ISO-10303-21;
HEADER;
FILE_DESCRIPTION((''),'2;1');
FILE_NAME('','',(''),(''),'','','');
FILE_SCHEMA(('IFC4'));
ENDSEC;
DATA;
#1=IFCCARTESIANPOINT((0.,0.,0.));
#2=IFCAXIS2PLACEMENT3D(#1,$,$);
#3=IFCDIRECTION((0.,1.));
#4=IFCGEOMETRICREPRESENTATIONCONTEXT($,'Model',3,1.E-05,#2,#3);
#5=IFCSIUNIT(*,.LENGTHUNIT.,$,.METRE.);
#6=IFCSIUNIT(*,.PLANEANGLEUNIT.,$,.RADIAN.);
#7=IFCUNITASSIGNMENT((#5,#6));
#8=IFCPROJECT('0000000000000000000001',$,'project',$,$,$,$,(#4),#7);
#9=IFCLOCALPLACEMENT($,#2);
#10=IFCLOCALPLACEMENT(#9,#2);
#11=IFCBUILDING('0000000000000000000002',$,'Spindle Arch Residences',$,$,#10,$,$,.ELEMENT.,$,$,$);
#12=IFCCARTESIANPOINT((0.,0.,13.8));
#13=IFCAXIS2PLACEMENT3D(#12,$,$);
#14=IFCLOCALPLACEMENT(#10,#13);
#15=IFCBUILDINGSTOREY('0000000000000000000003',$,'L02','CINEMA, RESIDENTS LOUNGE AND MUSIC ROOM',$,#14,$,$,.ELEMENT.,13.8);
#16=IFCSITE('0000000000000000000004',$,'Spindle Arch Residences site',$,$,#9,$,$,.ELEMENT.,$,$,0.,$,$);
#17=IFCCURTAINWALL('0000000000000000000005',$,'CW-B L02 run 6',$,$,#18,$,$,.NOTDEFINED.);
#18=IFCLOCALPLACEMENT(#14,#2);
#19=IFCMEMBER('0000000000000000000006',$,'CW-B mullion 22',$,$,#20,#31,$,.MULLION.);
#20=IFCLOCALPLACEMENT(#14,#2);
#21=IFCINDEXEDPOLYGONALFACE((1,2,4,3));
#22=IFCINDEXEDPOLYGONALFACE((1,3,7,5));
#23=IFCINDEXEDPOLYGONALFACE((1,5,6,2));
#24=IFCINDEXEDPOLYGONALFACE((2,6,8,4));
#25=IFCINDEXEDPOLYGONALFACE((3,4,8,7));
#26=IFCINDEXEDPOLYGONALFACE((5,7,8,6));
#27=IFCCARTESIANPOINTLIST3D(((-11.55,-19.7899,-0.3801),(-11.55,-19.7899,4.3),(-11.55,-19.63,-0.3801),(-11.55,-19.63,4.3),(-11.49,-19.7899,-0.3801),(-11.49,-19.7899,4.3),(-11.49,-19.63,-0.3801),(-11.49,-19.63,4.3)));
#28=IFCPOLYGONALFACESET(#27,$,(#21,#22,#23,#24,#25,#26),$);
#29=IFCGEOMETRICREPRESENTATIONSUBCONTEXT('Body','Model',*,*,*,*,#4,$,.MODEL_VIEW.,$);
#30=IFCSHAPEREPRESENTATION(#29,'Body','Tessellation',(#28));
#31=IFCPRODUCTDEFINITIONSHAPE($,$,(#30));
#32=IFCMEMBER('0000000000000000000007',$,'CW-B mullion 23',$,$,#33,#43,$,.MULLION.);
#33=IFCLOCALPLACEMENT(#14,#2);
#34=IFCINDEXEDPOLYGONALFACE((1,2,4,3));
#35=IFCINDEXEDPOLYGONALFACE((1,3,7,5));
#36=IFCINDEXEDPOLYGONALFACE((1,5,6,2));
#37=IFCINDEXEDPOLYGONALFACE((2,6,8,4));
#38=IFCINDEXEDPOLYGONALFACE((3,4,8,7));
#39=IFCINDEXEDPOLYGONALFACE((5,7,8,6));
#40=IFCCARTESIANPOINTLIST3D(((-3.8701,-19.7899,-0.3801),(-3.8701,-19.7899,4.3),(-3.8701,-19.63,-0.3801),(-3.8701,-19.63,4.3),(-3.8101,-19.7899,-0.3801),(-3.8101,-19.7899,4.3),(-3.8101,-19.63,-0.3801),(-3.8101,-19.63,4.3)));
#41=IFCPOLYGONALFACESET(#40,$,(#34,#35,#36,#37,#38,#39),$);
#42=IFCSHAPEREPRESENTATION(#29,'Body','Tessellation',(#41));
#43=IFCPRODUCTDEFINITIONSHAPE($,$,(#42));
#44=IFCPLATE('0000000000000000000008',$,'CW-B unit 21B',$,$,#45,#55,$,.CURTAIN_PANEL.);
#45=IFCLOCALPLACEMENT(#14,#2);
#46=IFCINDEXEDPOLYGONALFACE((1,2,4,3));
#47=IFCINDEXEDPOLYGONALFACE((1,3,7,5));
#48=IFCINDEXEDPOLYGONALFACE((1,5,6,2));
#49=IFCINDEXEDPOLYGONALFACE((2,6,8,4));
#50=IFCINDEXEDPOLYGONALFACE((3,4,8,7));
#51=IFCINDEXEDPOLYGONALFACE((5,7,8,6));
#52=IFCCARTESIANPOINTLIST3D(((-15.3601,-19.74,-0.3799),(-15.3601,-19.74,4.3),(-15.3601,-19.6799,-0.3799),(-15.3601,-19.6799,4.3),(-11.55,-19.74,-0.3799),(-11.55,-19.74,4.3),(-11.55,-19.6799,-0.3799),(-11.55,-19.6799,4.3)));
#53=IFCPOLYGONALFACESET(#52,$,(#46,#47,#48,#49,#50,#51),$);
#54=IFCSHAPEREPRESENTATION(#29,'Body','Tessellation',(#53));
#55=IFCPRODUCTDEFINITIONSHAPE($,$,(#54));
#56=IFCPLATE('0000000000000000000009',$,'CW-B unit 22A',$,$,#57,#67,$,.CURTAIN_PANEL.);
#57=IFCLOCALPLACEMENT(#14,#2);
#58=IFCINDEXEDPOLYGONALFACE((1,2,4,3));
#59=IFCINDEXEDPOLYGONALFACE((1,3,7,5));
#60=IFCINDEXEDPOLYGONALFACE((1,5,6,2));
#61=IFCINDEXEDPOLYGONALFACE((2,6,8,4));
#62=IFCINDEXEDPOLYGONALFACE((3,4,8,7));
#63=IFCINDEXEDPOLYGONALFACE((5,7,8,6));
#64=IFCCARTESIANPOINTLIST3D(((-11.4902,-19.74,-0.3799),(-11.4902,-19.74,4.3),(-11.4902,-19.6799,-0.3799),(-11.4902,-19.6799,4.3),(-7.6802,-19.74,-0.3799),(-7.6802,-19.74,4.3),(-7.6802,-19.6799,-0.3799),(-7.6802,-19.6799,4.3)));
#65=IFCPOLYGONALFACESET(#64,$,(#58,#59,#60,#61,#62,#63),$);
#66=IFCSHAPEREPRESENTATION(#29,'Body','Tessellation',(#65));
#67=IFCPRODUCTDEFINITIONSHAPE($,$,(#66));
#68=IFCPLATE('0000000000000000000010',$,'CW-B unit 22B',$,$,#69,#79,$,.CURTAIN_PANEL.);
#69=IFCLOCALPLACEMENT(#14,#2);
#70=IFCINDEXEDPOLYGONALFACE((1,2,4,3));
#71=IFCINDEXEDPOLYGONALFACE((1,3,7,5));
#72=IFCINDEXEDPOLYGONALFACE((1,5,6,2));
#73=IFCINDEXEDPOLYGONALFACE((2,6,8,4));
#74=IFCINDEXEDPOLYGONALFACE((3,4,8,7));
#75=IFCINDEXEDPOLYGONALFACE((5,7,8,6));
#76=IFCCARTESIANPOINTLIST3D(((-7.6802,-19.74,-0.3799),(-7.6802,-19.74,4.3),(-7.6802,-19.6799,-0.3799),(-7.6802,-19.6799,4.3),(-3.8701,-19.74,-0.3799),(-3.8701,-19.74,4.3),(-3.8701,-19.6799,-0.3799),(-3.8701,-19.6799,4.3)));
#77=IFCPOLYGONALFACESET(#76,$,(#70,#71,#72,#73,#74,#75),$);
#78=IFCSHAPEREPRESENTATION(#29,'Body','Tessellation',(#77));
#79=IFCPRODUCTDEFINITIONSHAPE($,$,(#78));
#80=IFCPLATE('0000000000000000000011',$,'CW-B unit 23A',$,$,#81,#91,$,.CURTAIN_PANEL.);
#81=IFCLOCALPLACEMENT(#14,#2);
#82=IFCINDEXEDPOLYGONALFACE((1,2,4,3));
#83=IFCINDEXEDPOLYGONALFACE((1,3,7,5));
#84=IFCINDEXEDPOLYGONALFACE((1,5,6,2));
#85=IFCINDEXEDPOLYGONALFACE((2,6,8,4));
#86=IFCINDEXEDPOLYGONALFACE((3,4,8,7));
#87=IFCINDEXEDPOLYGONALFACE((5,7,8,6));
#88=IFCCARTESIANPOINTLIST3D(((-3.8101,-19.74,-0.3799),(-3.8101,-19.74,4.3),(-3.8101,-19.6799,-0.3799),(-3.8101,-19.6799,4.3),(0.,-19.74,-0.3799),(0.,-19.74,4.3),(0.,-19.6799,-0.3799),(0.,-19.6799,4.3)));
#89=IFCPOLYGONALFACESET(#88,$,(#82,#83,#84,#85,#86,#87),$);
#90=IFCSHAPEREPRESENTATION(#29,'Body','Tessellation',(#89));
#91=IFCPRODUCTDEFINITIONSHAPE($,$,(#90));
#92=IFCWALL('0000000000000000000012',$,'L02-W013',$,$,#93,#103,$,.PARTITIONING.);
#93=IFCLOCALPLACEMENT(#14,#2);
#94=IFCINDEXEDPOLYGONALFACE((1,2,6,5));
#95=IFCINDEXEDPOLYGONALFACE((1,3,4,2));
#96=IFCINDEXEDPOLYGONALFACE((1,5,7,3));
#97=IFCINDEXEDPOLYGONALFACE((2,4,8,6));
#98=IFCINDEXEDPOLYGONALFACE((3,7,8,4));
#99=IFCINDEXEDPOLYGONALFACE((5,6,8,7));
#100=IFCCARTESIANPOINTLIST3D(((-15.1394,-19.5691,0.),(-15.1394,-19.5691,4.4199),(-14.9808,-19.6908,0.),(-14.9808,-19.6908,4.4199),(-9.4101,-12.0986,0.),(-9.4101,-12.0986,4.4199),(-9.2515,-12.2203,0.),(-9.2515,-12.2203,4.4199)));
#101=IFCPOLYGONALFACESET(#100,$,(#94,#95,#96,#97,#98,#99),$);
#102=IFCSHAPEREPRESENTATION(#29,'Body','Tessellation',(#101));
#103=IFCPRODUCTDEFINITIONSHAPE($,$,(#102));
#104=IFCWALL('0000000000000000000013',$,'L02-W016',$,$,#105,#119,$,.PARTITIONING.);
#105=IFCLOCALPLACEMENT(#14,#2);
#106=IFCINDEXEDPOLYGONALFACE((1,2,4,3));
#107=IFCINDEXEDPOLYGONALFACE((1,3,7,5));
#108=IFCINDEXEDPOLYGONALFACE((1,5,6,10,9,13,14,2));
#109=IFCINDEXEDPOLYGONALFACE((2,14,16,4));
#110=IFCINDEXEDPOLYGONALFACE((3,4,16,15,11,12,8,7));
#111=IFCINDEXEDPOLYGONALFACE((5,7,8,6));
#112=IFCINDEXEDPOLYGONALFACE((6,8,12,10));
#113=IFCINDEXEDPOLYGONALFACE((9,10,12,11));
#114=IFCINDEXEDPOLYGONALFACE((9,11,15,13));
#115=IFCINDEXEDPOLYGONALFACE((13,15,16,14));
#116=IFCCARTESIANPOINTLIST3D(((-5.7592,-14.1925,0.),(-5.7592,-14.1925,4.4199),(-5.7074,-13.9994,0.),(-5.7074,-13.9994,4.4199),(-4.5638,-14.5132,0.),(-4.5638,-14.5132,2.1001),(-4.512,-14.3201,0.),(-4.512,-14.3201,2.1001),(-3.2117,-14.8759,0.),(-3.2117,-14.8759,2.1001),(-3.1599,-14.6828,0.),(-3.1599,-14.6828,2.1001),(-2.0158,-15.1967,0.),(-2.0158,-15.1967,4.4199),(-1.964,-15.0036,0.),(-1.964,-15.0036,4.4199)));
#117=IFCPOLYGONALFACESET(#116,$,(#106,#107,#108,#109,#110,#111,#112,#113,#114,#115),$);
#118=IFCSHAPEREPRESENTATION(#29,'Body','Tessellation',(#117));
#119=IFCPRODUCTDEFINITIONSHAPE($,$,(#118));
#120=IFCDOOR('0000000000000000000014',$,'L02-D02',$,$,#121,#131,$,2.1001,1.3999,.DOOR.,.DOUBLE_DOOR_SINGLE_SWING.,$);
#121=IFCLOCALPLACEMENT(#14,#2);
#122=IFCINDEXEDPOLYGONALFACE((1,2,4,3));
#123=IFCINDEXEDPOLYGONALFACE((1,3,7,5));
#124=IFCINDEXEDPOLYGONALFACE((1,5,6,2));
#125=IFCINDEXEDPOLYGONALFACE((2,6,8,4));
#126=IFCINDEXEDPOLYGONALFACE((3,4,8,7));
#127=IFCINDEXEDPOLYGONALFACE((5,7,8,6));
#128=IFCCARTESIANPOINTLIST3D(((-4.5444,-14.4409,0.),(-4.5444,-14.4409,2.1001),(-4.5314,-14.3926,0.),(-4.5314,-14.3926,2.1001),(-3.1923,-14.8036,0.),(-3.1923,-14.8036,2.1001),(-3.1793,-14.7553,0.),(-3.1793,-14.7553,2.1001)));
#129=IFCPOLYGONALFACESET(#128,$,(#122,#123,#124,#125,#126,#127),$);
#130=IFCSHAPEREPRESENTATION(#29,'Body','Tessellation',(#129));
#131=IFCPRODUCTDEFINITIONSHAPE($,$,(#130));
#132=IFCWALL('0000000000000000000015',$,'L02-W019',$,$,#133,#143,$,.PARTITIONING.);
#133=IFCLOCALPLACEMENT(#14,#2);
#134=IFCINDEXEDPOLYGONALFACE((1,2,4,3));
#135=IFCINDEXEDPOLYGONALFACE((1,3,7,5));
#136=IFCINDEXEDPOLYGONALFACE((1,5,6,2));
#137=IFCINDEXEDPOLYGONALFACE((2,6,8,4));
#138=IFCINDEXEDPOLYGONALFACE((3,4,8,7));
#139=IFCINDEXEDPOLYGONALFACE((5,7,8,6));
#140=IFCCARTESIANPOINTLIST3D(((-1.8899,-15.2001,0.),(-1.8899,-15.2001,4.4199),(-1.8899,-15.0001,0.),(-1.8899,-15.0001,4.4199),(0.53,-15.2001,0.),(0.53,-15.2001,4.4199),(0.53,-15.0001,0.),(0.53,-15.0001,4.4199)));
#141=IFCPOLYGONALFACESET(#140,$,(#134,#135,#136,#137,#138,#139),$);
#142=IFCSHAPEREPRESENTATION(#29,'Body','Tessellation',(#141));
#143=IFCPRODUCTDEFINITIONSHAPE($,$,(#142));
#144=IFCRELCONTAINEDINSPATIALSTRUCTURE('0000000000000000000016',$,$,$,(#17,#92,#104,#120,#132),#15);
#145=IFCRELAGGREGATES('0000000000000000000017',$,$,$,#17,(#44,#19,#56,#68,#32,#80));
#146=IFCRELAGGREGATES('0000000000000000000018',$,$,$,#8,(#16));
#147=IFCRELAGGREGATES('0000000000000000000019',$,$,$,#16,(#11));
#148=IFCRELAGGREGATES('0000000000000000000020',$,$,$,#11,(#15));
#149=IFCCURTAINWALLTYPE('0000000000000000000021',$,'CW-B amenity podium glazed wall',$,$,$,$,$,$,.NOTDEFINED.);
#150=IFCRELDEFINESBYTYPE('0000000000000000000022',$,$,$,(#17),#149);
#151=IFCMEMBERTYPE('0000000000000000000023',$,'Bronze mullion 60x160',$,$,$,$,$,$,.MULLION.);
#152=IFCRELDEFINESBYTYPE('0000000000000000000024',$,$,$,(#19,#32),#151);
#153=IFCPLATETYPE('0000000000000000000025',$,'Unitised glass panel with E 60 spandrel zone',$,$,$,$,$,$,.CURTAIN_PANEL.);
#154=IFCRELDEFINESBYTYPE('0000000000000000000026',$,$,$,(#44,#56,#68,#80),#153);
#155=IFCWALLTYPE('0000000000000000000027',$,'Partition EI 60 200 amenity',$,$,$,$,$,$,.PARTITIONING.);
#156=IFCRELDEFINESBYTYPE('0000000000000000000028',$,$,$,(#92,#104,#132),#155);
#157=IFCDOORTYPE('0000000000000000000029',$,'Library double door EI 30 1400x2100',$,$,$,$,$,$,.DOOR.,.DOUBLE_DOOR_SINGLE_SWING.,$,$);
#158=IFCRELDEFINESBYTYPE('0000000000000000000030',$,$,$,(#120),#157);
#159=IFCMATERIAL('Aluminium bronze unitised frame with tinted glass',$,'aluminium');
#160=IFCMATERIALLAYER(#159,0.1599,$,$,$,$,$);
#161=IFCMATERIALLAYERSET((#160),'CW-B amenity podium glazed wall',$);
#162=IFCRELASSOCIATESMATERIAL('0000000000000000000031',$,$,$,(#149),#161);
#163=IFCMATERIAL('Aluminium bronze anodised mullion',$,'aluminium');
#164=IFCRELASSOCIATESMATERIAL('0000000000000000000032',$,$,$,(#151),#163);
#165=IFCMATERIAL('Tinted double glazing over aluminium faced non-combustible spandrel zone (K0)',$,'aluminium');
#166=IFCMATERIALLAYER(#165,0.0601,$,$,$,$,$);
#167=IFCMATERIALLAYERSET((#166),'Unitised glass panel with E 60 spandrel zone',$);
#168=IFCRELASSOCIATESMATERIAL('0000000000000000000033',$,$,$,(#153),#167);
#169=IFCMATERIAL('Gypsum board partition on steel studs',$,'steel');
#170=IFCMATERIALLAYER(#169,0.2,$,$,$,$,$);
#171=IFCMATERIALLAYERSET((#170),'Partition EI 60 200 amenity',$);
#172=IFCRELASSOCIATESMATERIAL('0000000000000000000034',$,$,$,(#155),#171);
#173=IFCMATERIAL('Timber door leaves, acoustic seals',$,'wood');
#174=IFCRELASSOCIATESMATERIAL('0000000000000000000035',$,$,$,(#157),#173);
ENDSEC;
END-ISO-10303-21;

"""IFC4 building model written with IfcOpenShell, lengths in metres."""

from ifc_helpers import new_model, si_unit, direction, frame, frame_2d, origin, origin_2d, place, context, subcontext, project, spatial, rectangle, extrude, material, layer, layer_set, material_profile, profile_set, type_object, element, fill, aggregate, save


model = new_model("IFC4")

# Units and contexts
model_context = context("Model", 3, precision=1e-05, world=origin(), true_north=direction((0.0, 1.0)))
body_context = subcontext(model_context, "Body", "Model", "MODEL_VIEW")
ifc_project = project(units=[si_unit("LENGTHUNIT", "METRE"), si_unit("PLANEANGLEUNIT", "RADIAN")], contexts=[model_context])

# Site, building, storey
site_placement = place(None, origin())
site = spatial("IfcSite", under=ifc_project, at=site_placement, Name="Spindle Arch Residences site", CompositionType="ELEMENT", RefElevation=0.0)
building_placement = place(site_placement, origin())
building = spatial("IfcBuilding", under=site, at=building_placement, Name="Spindle Arch Residences", CompositionType="ELEMENT")
storey_placement = place(building_placement, frame((0.0, 0.0, 13.8)))
storey = spatial("IfcBuildingStorey", under=building, at=storey_placement, Name="L02", Description="CINEMA, RESIDENTS LOUNGE AND MUSIC ROOM", CompositionType="ELEMENT", Elevation=13.8)

# Curtain wall, members, plates
ifc_material_1 = material(Name="Aluminium bronze unitised frame with tinted glass", Category="aluminium")
ifc_layer_1 = layer(ifc_material_1, 0.1599)
ifc_layer_set_1 = layer_set([ifc_layer_1], Name="CW-B amenity podium glazed wall")
curtain_wall_type = type_object("IfcCurtainWallType", Name="CW-B amenity podium glazed wall", PredefinedType="NOTDEFINED", material=ifc_layer_set_1)
curtain_wall_placement = place(storey_placement, origin())
curtain_wall = element("IfcCurtainWall", 1, at=curtain_wall_placement, inside=storey, type_object=curtain_wall_type, Name="CW-B L02 run 6", PredefinedType="NOTDEFINED")
ifc_material_2 = material(Name="Aluminium bronze anodised mullion", Category="aluminium")
ifc_material_profile_1 = material_profile(ifc_material_2, rectangle(XDim=0.1599, YDim=0.0601, at=origin_2d()), Name="MU 60x160")
ifc_profile_set_1 = profile_set([ifc_material_profile_1], Name="Aluminium bronze anodised mullion")
member_type_1 = type_object("IfcMemberType", Name="Bronze mullion 60x160", PredefinedType="MULLION", material=ifc_profile_set_1)
member_1_placement = place(storey_placement, frame((-11.52, -19.71, -0.3801), z_axis=(0.0, 0.0, 1.0), x_axis=(0.0, 1.0, 0.0)))
member_1 = element("IfcMember", 2, at=member_1_placement, type_object=member_type_1, Name="CW-B mullion 22", PredefinedType="MULLION", context=body_context, shape_type="SweptSolid", body=[
    extrude(rectangle(XDim=0.1599, YDim=0.0601, at=origin_2d()), origin(), (0.0, 0.0, 1.0), 4.6802),
])
member_2_placement = place(storey_placement, frame((-3.8401, -19.71, -0.3801), z_axis=(0.0, 0.0, 1.0), x_axis=(0.0, 1.0, 0.0)))
member_2 = element("IfcMember", 3, at=member_2_placement, type_object=member_type_1, Name="CW-B mullion 23", PredefinedType="MULLION", context=body_context, shape_type="SweptSolid", body=[
    extrude(rectangle(XDim=0.1599, YDim=0.0601, at=origin_2d()), origin(), (0.0, 0.0, 1.0), 4.6802),
])
ifc_material_3 = material(Name="Tinted double glazing over aluminium faced non-combustible spandrel zone (K0)", Category="aluminium")
ifc_layer_2 = layer(ifc_material_3, 0.0601)
ifc_layer_set_2 = layer_set([ifc_layer_2], Name="Unitised glass panel with E 60 spandrel zone")
plate_type = type_object("IfcPlateType", Name="Unitised glass panel with E 60 spandrel zone", PredefinedType="CURTAIN_PANEL", material=ifc_layer_set_2)
plate_1_placement = place(storey_placement, frame((-13.4551, -19.71, -0.3799), z_axis=(0.0, 0.0, 1.0), x_axis=(1.0, 0.0, 0.0)))
plate_1 = element("IfcPlate", 4, at=plate_1_placement, type_object=plate_type, Name="CW-B unit 21B", PredefinedType="CURTAIN_PANEL", context=body_context, shape_type="SweptSolid", body=[
    extrude(rectangle(XDim=3.8101, YDim=0.0601, at=origin_2d()), origin(), (0.0, 0.0, 1.0), 4.6799),
])
plate_2_placement = place(storey_placement, frame((-9.5852, -19.71, -0.3799), z_axis=(0.0, 0.0, 1.0), x_axis=(1.0, 0.0, 0.0)))
plate_2 = element("IfcPlate", 5, at=plate_2_placement, type_object=plate_type, Name="CW-B unit 22A", PredefinedType="CURTAIN_PANEL", context=body_context, shape_type="SweptSolid", body=[
    extrude(rectangle(XDim=3.8101, YDim=0.0601, at=origin_2d()), origin(), (0.0, 0.0, 1.0), 4.6799),
])
plate_3_placement = place(storey_placement, frame((-5.7751, -19.71, -0.3799), z_axis=(0.0, 0.0, 1.0), x_axis=(1.0, 0.0, 0.0)))
plate_3 = element("IfcPlate", 6, at=plate_3_placement, type_object=plate_type, Name="CW-B unit 22B", PredefinedType="CURTAIN_PANEL", context=body_context, shape_type="SweptSolid", body=[
    extrude(rectangle(XDim=3.8101, YDim=0.0601, at=origin_2d()), origin(), (0.0, 0.0, 1.0), 4.6799),
])
plate_4_placement = place(storey_placement, frame((-1.905, -19.71, -0.3799), z_axis=(0.0, 0.0, 1.0), x_axis=(1.0, 0.0, 0.0)))
plate_4 = element("IfcPlate", 7, at=plate_4_placement, type_object=plate_type, Name="CW-B unit 23A", PredefinedType="CURTAIN_PANEL", context=body_context, shape_type="SweptSolid", body=[
    extrude(rectangle(XDim=3.8101, YDim=0.0601, at=origin_2d()), origin(), (0.0, 0.0, 1.0), 4.6799),
])
aggregate(curtain_wall, [plate_1, member_1, plate_2, plate_3, member_2, plate_4])

# Wall
ifc_material_4 = material(Name="Gypsum board partition on steel studs", Category="steel")
ifc_layer_3 = layer(ifc_material_4, 0.2)
ifc_layer_set_3 = layer_set([ifc_layer_3], Name="Partition EI 60 200 amenity")
wall_type = type_object("IfcWallType", Name="Partition EI 60 200 amenity", PredefinedType="PARTITIONING", material=ifc_layer_set_3)
wall_1_placement = place(storey_placement, frame((-9.3308, -12.1594, 0.0), z_axis=(0.0, 0.0, 1.0), x_axis=(-0.608558, -0.793509, 0.0)))
element("IfcWall", 8, at=wall_1_placement, inside=storey, type_object=wall_type, Name="L02-W013", PredefinedType="PARTITIONING", context=body_context, shape_type="SweptSolid", body=[
    extrude(rectangle(XDim=9.4146, YDim=0.2, at=frame_2d((4.7073, 0.0))), origin(), (0.0, 0.0, 1.0), 4.4199),
])

# Wall, opening, door
wall_2_placement = place(storey_placement, frame((-5.7334, -14.0959, 0.0), z_axis=(0.0, 0.0, 1.0), x_axis=(0.965854, -0.259086, 0.0)))
wall_2 = element("IfcWall", 9, at=wall_2_placement, inside=storey, type_object=wall_type, Name="L02-W016", PredefinedType="PARTITIONING", context=body_context, shape_type="SweptSolid", body=[
    extrude(rectangle(XDim=3.8757, YDim=0.2, at=frame_2d((1.938, 0.0))), origin(), (0.0, 0.0, 1.0), 4.4199),
])
opening_placement = place(wall_2_placement, frame((1.2378, 0.0, 0.0)))
opening = element("IfcOpeningElement", 10, at=opening_placement, cuts=wall_2, PredefinedType="OPENING", context=body_context, shape_type="SweptSolid", body=[
    extrude(rectangle(XDim=1.3999, YDim=2.1001, at=frame_2d((0.7, 1.05))), frame((0.0, 0.1099, 0.0), z_axis=(0.0, -1.0, 0.0), x_axis=(1.0, 0.0, 0.0)), (0.0, 0.0, 1.0), 0.22),
])
ifc_material_5 = material(Name="Timber door leaves, acoustic seals", Category="wood")
door_type = type_object("IfcDoorType", Name="Library double door EI 30 1400x2100", OperationType="DOUBLE_DOOR_SINGLE_SWING", PredefinedType="DOOR", material=ifc_material_5)
door_placement = place(opening_placement, origin())
door = element("IfcDoor", 11, at=door_placement, inside=storey, type_object=door_type, Name="L02-D02", OperationType="DOUBLE_DOOR_SINGLE_SWING", OverallHeight=2.1001, OverallWidth=1.3999, PredefinedType="DOOR", context=body_context, shape_type="SweptSolid", body=[
    extrude(rectangle(XDim=1.3999, YDim=2.1001, at=frame_2d((0.7, 1.05))), frame((0.0, 0.0249, 0.0), z_axis=(0.0, -1.0, 0.0), x_axis=(1.0, 0.0, 0.0)), (0.0, 0.0, 1.0), 0.05),
])
fill(opening, door)

# Wall
wall_3_placement = place(storey_placement, frame((-1.8899, -15.1001, 0.0), z_axis=(0.0, 0.0, 1.0), x_axis=(1.0, 0.0, 0.0)))
element("IfcWall", 12, at=wall_3_placement, inside=storey, type_object=wall_type, Name="L02-W019", PredefinedType="PARTITIONING", context=body_context, shape_type="SweptSolid", body=[
    extrude(rectangle(XDim=2.4199, YDim=0.2, at=frame_2d((1.21, 0.0))), origin(), (0.0, 0.0, 1.0), 4.4199),
])

save(model, "model.ifc")
